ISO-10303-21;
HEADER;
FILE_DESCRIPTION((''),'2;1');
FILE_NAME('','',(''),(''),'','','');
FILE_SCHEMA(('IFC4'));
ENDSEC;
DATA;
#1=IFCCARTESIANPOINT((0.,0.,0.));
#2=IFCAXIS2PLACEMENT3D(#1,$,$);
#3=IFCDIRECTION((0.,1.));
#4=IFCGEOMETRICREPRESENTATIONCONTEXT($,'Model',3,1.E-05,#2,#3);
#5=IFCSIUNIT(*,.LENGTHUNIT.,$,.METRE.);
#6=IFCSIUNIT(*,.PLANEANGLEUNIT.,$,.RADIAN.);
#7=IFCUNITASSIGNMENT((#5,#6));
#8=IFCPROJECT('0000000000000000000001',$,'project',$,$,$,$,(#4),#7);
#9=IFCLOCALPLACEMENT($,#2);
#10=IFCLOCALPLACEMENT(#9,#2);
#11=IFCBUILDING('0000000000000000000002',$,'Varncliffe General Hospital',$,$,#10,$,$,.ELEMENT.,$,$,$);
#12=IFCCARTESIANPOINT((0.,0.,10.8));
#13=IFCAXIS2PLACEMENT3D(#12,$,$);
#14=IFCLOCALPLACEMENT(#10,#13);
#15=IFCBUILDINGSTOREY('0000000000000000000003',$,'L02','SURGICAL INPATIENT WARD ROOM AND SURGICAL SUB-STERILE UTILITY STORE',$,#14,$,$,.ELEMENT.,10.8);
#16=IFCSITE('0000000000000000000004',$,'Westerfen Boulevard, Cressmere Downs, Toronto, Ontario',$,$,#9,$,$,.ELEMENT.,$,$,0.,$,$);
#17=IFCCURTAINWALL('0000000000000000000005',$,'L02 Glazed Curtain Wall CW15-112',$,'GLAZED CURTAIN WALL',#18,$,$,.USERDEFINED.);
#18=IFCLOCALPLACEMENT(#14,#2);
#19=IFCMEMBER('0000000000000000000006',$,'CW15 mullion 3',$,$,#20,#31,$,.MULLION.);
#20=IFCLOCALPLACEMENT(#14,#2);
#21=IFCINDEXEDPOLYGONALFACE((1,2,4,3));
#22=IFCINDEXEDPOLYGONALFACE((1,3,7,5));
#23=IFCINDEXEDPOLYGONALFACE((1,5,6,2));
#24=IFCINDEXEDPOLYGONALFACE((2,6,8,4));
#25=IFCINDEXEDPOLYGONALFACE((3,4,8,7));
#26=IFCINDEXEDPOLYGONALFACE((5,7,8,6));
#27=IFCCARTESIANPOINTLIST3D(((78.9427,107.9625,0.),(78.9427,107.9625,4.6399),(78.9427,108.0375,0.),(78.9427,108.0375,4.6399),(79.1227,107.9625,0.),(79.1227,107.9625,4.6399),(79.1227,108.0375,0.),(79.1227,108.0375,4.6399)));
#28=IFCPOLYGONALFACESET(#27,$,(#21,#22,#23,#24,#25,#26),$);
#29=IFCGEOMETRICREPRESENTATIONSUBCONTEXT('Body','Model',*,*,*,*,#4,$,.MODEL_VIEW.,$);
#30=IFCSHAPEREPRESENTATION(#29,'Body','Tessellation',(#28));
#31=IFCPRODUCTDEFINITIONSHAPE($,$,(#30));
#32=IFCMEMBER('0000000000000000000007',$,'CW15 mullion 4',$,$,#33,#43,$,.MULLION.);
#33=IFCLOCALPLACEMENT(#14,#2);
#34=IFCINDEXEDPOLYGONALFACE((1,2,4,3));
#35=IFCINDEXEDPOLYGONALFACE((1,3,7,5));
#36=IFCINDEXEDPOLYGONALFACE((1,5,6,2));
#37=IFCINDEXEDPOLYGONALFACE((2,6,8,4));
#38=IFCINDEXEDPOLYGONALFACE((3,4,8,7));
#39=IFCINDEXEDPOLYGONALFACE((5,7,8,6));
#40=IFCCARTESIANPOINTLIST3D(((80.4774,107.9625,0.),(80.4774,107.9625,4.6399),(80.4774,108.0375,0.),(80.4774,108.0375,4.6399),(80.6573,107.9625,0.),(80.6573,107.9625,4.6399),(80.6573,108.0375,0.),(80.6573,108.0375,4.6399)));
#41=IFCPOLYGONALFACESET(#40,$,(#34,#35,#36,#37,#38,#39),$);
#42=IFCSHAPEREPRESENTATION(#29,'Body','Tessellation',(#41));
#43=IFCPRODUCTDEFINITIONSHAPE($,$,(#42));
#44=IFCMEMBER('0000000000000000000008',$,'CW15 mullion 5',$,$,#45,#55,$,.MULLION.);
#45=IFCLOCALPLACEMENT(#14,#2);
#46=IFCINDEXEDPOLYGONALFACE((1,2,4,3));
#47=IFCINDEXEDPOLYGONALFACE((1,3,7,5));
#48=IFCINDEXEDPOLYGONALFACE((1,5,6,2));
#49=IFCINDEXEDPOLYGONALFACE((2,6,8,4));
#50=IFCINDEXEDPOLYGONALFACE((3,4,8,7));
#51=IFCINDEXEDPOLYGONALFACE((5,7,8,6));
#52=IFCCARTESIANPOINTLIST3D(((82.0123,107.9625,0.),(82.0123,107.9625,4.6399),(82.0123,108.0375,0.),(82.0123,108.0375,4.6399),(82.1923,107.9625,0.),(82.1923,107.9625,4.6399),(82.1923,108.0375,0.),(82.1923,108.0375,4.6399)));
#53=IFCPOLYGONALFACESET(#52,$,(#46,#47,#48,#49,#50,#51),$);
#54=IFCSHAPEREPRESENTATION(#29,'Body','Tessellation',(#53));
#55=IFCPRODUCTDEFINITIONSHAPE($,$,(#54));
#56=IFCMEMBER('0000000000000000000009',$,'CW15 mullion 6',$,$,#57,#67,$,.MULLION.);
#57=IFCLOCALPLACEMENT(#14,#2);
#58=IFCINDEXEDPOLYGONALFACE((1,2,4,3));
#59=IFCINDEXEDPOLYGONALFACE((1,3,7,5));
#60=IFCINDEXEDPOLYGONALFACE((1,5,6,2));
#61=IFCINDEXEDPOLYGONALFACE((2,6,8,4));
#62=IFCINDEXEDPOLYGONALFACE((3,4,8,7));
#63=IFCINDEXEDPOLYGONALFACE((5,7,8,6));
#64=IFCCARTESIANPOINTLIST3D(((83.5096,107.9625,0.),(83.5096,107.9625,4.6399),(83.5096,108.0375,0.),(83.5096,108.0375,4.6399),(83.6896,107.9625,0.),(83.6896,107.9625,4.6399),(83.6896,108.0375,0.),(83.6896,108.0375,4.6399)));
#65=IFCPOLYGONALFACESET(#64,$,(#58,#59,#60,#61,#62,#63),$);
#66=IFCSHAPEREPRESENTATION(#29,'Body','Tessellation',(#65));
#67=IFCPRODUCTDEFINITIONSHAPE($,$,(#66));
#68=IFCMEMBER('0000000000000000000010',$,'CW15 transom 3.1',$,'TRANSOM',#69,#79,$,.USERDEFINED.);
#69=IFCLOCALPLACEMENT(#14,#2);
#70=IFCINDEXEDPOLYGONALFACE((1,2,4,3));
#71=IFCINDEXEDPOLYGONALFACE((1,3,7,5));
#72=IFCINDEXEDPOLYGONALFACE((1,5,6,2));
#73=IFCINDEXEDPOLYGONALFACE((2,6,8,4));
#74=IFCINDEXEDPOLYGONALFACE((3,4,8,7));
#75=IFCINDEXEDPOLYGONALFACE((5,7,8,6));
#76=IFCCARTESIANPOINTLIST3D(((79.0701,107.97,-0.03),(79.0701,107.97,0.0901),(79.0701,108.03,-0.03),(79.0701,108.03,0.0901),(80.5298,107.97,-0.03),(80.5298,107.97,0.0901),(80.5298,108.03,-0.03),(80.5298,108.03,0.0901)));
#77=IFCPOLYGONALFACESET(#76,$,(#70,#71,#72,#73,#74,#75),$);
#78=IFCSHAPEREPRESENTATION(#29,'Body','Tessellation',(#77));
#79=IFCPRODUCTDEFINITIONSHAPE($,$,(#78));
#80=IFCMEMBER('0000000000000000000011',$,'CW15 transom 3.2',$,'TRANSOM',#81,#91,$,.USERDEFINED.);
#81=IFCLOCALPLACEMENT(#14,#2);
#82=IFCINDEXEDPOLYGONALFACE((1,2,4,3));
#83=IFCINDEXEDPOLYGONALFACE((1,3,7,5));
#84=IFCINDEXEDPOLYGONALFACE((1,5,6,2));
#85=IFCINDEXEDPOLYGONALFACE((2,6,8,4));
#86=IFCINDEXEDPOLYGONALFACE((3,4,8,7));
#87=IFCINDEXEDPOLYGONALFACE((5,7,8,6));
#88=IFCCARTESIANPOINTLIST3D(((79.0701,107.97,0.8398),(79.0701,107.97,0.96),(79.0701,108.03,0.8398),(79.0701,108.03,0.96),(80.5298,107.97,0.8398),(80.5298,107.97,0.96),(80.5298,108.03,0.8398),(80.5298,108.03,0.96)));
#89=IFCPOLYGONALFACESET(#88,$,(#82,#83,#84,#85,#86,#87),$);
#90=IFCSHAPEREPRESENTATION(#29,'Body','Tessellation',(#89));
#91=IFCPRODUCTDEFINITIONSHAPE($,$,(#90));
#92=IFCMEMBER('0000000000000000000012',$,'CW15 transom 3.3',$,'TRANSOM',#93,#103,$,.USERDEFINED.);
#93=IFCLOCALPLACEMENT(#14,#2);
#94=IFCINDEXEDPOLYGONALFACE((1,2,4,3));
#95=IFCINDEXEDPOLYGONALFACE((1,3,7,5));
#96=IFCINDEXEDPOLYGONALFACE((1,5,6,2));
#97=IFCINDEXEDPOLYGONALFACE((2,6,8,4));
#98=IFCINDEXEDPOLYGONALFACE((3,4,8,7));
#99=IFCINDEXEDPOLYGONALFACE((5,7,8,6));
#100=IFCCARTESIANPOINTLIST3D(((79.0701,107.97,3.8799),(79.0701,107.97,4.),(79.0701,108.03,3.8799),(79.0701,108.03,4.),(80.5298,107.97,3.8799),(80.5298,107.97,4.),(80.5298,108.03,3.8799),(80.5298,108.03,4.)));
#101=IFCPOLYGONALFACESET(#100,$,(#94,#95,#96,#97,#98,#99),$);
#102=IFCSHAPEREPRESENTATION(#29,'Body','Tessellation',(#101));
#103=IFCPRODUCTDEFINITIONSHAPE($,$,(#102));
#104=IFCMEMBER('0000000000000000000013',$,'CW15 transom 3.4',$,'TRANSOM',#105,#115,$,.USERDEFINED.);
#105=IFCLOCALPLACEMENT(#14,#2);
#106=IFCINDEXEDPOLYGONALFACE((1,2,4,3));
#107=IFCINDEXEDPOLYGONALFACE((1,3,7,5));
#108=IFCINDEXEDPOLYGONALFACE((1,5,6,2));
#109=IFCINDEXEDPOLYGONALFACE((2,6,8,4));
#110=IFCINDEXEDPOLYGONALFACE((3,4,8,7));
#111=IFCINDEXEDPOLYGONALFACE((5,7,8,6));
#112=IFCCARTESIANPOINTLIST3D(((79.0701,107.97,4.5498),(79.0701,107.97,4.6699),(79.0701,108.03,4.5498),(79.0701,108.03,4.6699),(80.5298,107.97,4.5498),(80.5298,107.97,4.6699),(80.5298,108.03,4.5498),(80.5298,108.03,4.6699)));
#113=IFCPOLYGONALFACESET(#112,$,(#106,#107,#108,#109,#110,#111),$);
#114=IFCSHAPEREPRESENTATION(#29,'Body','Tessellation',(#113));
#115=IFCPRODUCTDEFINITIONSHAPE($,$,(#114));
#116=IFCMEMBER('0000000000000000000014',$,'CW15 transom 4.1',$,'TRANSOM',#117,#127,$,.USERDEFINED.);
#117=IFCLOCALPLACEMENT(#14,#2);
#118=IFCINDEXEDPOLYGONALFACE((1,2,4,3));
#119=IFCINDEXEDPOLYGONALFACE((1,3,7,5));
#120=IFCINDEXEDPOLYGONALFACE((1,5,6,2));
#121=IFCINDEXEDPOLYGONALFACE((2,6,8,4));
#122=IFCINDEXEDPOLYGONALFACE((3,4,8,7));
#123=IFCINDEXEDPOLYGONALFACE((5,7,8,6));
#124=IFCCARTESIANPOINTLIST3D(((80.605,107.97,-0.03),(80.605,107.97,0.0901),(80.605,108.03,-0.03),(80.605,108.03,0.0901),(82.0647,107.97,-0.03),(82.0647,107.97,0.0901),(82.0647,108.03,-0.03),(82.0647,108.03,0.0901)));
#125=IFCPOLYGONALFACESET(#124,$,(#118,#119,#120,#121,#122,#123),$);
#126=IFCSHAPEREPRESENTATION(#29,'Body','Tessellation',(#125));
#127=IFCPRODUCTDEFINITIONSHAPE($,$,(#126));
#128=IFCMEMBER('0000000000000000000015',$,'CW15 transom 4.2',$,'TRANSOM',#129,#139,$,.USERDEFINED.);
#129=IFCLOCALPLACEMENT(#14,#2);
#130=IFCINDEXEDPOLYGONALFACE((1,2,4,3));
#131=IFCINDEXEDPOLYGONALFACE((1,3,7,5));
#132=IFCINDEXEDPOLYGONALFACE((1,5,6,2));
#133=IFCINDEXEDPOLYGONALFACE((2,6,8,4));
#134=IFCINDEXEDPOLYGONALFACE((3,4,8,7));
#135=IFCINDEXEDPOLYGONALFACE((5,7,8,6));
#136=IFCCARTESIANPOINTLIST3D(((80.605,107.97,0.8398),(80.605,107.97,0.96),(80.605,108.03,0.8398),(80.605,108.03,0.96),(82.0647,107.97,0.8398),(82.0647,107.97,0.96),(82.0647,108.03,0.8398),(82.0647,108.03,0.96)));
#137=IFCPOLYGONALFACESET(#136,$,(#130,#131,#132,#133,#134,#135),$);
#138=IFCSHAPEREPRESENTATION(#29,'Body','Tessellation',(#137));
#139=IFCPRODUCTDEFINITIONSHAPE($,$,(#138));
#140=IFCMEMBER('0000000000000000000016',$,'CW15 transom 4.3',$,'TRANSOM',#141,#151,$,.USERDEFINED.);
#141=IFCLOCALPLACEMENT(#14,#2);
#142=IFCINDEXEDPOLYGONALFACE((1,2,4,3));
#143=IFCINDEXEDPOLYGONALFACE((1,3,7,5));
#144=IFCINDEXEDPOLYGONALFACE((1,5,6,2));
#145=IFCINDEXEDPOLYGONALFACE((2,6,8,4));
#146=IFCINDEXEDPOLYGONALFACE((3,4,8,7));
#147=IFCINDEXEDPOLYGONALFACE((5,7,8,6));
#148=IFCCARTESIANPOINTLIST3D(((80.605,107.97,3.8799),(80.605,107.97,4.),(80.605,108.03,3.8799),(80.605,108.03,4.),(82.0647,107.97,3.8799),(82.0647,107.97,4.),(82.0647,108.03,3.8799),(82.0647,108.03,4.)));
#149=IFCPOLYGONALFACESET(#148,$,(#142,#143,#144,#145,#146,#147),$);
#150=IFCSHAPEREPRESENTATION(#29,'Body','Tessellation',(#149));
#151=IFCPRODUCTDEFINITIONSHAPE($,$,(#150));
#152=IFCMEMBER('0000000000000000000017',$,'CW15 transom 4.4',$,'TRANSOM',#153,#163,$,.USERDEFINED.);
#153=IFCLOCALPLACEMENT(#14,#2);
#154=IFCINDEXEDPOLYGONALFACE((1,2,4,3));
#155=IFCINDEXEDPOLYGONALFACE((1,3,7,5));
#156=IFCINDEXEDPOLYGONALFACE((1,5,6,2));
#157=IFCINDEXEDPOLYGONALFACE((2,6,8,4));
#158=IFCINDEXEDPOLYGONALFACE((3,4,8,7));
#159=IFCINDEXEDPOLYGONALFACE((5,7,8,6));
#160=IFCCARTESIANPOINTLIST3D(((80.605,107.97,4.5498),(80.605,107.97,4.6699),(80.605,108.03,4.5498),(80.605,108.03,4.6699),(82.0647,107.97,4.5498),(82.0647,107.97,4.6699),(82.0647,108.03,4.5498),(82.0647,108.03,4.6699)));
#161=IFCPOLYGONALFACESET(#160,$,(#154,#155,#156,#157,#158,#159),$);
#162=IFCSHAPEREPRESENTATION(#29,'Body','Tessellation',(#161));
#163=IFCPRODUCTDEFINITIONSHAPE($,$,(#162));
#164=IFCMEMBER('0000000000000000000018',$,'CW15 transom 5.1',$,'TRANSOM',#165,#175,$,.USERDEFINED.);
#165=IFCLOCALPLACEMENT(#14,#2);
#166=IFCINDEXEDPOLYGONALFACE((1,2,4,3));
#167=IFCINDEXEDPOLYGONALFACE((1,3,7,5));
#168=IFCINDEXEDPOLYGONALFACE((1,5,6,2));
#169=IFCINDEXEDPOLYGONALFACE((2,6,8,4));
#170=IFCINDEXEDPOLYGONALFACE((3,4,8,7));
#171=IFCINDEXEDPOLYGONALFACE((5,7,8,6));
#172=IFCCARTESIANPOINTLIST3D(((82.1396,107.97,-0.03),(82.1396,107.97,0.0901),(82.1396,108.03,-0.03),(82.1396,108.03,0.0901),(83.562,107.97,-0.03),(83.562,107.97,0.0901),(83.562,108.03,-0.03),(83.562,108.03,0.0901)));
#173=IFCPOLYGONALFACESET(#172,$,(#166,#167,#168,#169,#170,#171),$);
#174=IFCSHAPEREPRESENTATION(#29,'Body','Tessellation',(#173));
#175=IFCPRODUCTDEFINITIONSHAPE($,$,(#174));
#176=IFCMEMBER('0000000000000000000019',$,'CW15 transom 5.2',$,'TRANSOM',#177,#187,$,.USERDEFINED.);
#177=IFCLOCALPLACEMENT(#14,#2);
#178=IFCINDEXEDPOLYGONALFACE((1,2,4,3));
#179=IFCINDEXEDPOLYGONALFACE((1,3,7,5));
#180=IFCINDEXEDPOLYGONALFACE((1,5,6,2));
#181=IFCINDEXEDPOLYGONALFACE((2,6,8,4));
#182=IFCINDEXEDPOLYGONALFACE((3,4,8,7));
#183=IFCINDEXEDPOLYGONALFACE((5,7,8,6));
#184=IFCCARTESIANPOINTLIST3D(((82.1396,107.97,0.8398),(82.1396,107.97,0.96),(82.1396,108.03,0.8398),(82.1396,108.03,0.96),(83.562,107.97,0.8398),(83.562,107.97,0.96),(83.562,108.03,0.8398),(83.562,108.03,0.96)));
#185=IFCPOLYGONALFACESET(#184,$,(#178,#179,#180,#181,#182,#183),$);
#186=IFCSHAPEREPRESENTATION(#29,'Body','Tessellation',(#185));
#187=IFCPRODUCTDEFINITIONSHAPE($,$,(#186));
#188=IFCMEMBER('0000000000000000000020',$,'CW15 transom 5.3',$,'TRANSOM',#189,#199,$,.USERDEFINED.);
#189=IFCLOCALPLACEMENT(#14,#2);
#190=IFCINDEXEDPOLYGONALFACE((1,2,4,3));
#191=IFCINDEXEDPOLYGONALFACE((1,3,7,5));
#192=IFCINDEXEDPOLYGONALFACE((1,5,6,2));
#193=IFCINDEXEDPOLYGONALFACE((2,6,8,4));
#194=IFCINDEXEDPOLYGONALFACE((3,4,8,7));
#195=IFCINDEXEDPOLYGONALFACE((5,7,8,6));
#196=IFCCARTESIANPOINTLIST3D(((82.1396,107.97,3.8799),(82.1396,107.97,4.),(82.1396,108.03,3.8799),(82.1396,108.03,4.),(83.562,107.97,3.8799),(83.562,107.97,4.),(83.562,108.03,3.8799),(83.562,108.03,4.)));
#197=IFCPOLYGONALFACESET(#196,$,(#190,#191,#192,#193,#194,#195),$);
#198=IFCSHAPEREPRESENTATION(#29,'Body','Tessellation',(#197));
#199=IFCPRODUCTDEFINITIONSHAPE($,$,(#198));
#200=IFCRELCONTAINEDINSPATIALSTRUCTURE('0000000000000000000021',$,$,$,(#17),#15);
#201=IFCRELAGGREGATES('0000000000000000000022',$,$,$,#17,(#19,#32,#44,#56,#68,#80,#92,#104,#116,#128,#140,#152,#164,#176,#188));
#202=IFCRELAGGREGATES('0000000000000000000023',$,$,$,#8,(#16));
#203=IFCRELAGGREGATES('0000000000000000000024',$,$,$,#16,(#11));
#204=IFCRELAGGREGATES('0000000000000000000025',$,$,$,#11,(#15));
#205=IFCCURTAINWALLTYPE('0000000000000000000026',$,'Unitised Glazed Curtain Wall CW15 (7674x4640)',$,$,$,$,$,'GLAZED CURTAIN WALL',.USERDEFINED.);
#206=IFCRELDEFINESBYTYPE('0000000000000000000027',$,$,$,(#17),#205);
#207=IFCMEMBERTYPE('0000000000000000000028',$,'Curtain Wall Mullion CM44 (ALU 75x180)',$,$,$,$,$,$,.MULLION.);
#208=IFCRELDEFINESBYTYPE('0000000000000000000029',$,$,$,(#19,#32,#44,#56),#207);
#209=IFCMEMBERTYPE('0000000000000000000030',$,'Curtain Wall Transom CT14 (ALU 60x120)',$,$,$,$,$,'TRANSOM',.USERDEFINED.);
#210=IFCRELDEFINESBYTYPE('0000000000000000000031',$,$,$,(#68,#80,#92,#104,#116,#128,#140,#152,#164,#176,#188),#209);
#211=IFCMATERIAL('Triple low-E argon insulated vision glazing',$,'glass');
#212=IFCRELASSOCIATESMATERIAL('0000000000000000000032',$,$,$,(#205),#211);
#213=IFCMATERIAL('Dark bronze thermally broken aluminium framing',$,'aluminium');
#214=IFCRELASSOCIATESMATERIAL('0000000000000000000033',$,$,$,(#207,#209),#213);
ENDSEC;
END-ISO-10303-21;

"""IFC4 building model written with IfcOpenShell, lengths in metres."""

from ifc_helpers import new_model, si_unit, direction, frame, origin, origin_2d, place, context, subcontext, project, spatial, rectangle, extrude, material, material_profile, profile_set, type_object, element, aggregate, save


model = new_model("IFC4")

# Units and contexts
model_context = context("Model", 3, precision=1e-05, world=origin(), true_north=direction((0.0, 1.0)))
body_context = subcontext(model_context, "Body", "Model", "MODEL_VIEW")
ifc_project = project(units=[si_unit("LENGTHUNIT", "METRE"), si_unit("PLANEANGLEUNIT", "RADIAN")], contexts=[model_context])

# Site, building, storey
site_placement = place(None, origin())
site = spatial("IfcSite", under=ifc_project, at=site_placement, Name="Westerfen Boulevard, Cressmere Downs, Toronto, Ontario", CompositionType="ELEMENT", RefElevation=0.0)
building_placement = place(site_placement, origin())
building = spatial("IfcBuilding", under=site, at=building_placement, Name="Varncliffe General Hospital", CompositionType="ELEMENT")
storey_placement = place(building_placement, frame((0.0, 0.0, 10.8)))
storey = spatial("IfcBuildingStorey", under=building, at=storey_placement, Name="L02", Description="SURGICAL INPATIENT WARD ROOM AND SURGICAL SUB-STERILE UTILITY STORE", CompositionType="ELEMENT", Elevation=10.8)

# Curtain wall, members
ifc_material_1 = material(Name="Triple low-E argon insulated vision glazing", Category="glass")
curtain_wall_type = type_object("IfcCurtainWallType", Name="Unitised Glazed Curtain Wall CW15 (7674x4640)", ElementType="GLAZED CURTAIN WALL", PredefinedType="USERDEFINED", material=ifc_material_1)
curtain_wall_placement = place(storey_placement, origin())
curtain_wall = element("IfcCurtainWall", 1, at=curtain_wall_placement, inside=storey, type_object=curtain_wall_type, Name="L02 Glazed Curtain Wall CW15-112", ObjectType="GLAZED CURTAIN WALL", PredefinedType="USERDEFINED")
ifc_material_2 = material(Name="Dark bronze thermally broken aluminium framing", Category="aluminium")
ifc_material_profile_1 = material_profile(ifc_material_2, rectangle(XDim=0.075, YDim=0.1799, at=origin_2d()), Name="ALU 75x180")
ifc_profile_set_1 = profile_set([ifc_material_profile_1], Name="Dark bronze thermally broken aluminium framing")
member_type_1 = type_object("IfcMemberType", Name="Curtain Wall Mullion CM44 (ALU 75x180)", PredefinedType="MULLION", material=ifc_profile_set_1)
member_1_placement = place(storey_placement, frame((79.0327, 108.0, 0.0), z_axis=(0.0, 0.0, 1.0), x_axis=(0.0, 1.0, 0.0)))
member_1 = element("IfcMember", 2, at=member_1_placement, type_object=member_type_1, Name="CW15 mullion 3", PredefinedType="MULLION", context=body_context, shape_type="SweptSolid", body=[
    extrude(rectangle(XDim=0.075, YDim=0.1799, at=origin_2d()), origin(), (0.0, 0.0, 1.0), 4.6399),
])
member_2_placement = place(storey_placement, frame((80.5674, 108.0, 0.0), z_axis=(0.0, 0.0, 1.0), x_axis=(0.0, 1.0, 0.0)))
member_2 = element("IfcMember", 3, at=member_2_placement, type_object=member_type_1, Name="CW15 mullion 4", PredefinedType="MULLION", context=body_context, shape_type="SweptSolid", body=[
    extrude(rectangle(XDim=0.075, YDim=0.1799, at=origin_2d()), origin(), (0.0, 0.0, 1.0), 4.6399),
])
member_3_placement = place(storey_placement, frame((82.1023, 108.0, 0.0), z_axis=(0.0, 0.0, 1.0), x_axis=(0.0, 1.0, 0.0)))
member_3 = element("IfcMember", 4, at=member_3_placement, type_object=member_type_1, Name="CW15 mullion 5", PredefinedType="MULLION", context=body_context, shape_type="SweptSolid", body=[
    extrude(rectangle(XDim=0.075, YDim=0.1799, at=origin_2d()), origin(), (0.0, 0.0, 1.0), 4.6399),
])
member_4_placement = place(storey_placement, frame((83.5996, 108.0, 0.0), z_axis=(0.0, 0.0, 1.0), x_axis=(0.0, 1.0, 0.0)))
member_4 = element("IfcMember", 5, at=member_4_placement, type_object=member_type_1, Name="CW15 mullion 6", PredefinedType="MULLION", context=body_context, shape_type="SweptSolid", body=[
    extrude(rectangle(XDim=0.075, YDim=0.1799, at=origin_2d()), origin(), (0.0, 0.0, 1.0), 4.6399),
])
ifc_material_profile_2 = material_profile(ifc_material_2, rectangle(XDim=0.0601, YDim=0.1201, at=origin_2d()), Name="ALU 60x120")
ifc_profile_set_2 = profile_set([ifc_material_profile_2], Name="Dark bronze thermally broken aluminium framing")
member_type_2 = type_object("IfcMemberType", Name="Curtain Wall Transom CT14 (ALU 60x120)", ElementType="TRANSOM", PredefinedType="USERDEFINED", material=ifc_profile_set_2)
member_5_placement = place(storey_placement, frame((79.0701, 108.0, 0.03), z_axis=(1.0, 0.0, 0.0), x_axis=(0.0, 1.0, 0.0)))
member_5 = element("IfcMember", 6, at=member_5_placement, type_object=member_type_2, Name="CW15 transom 3.1", ObjectType="TRANSOM", PredefinedType="USERDEFINED", context=body_context, shape_type="SweptSolid", body=[
    extrude(rectangle(XDim=0.0601, YDim=0.1201, at=origin_2d()), origin(), (0.0, 0.0, 1.0), 1.4597),
])
member_6_placement = place(storey_placement, frame((79.0701, 108.0, 0.8999), z_axis=(1.0, 0.0, 0.0), x_axis=(0.0, 1.0, 0.0)))
member_6 = element("IfcMember", 7, at=member_6_placement, type_object=member_type_2, Name="CW15 transom 3.2", ObjectType="TRANSOM", PredefinedType="USERDEFINED", context=body_context, shape_type="SweptSolid", body=[
    extrude(rectangle(XDim=0.0601, YDim=0.1201, at=origin_2d()), origin(), (0.0, 0.0, 1.0), 1.4597),
])
member_7_placement = place(storey_placement, frame((79.0701, 108.0, 3.9399), z_axis=(1.0, 0.0, 0.0), x_axis=(0.0, 1.0, 0.0)))
member_7 = element("IfcMember", 8, at=member_7_placement, type_object=member_type_2, Name="CW15 transom 3.3", ObjectType="TRANSOM", PredefinedType="USERDEFINED", context=body_context, shape_type="SweptSolid", body=[
    extrude(rectangle(XDim=0.0601, YDim=0.1201, at=origin_2d()), origin(), (0.0, 0.0, 1.0), 1.4597),
])
member_8_placement = place(storey_placement, frame((79.0701, 108.0, 4.6099), z_axis=(1.0, 0.0, 0.0), x_axis=(0.0, 1.0, 0.0)))
member_8 = element("IfcMember", 9, at=member_8_placement, type_object=member_type_2, Name="CW15 transom 3.4", ObjectType="TRANSOM", PredefinedType="USERDEFINED", context=body_context, shape_type="SweptSolid", body=[
    extrude(rectangle(XDim=0.0601, YDim=0.1201, at=origin_2d()), origin(), (0.0, 0.0, 1.0), 1.4597),
])
member_9_placement = place(storey_placement, frame((80.605, 108.0, 0.03), z_axis=(1.0, 0.0, 0.0), x_axis=(0.0, 1.0, 0.0)))
member_9 = element("IfcMember", 10, at=member_9_placement, type_object=member_type_2, Name="CW15 transom 4.1", ObjectType="TRANSOM", PredefinedType="USERDEFINED", context=body_context, shape_type="SweptSolid", body=[
    extrude(rectangle(XDim=0.0601, YDim=0.1201, at=origin_2d()), origin(), (0.0, 0.0, 1.0), 1.4597),
])
member_10_placement = place(storey_placement, frame((80.605, 108.0, 0.8999), z_axis=(1.0, 0.0, 0.0), x_axis=(0.0, 1.0, 0.0)))
member_10 = element("IfcMember", 11, at=member_10_placement, type_object=member_type_2, Name="CW15 transom 4.2", ObjectType="TRANSOM", PredefinedType="USERDEFINED", context=body_context, shape_type="SweptSolid", body=[
    extrude(rectangle(XDim=0.0601, YDim=0.1201, at=origin_2d()), origin(), (0.0, 0.0, 1.0), 1.4597),
])
member_11_placement = place(storey_placement, frame((80.605, 108.0, 3.9399), z_axis=(1.0, 0.0, 0.0), x_axis=(0.0, 1.0, 0.0)))
member_11 = element("IfcMember", 12, at=member_11_placement, type_object=member_type_2, Name="CW15 transom 4.3", ObjectType="TRANSOM", PredefinedType="USERDEFINED", context=body_context, shape_type="SweptSolid", body=[
    extrude(rectangle(XDim=0.0601, YDim=0.1201, at=origin_2d()), origin(), (0.0, 0.0, 1.0), 1.4597),
])
member_12_placement = place(storey_placement, frame((80.605, 108.0, 4.6099), z_axis=(1.0, 0.0, 0.0), x_axis=(0.0, 1.0, 0.0)))
member_12 = element("IfcMember", 13, at=member_12_placement, type_object=member_type_2, Name="CW15 transom 4.4", ObjectType="TRANSOM", PredefinedType="USERDEFINED", context=body_context, shape_type="SweptSolid", body=[
    extrude(rectangle(XDim=0.0601, YDim=0.1201, at=origin_2d()), origin(), (0.0, 0.0, 1.0), 1.4597),
])
member_13_placement = place(storey_placement, frame((82.1396, 108.0, 0.03), z_axis=(1.0, 0.0, 0.0), x_axis=(0.0, 1.0, 0.0)))
member_13 = element("IfcMember", 14, at=member_13_placement, type_object=member_type_2, Name="CW15 transom 5.1", ObjectType="TRANSOM", PredefinedType="USERDEFINED", context=body_context, shape_type="SweptSolid", body=[
    extrude(rectangle(XDim=0.0601, YDim=0.1201, at=origin_2d()), origin(), (0.0, 0.0, 1.0), 1.4224),
])
member_14_placement = place(storey_placement, frame((82.1396, 108.0, 0.8999), z_axis=(1.0, 0.0, 0.0), x_axis=(0.0, 1.0, 0.0)))
member_14 = element("IfcMember", 15, at=member_14_placement, type_object=member_type_2, Name="CW15 transom 5.2", ObjectType="TRANSOM", PredefinedType="USERDEFINED", context=body_context, shape_type="SweptSolid", body=[
    extrude(rectangle(XDim=0.0601, YDim=0.1201, at=origin_2d()), origin(), (0.0, 0.0, 1.0), 1.4224),
])
member_15_placement = place(storey_placement, frame((82.1396, 108.0, 3.9399), z_axis=(1.0, 0.0, 0.0), x_axis=(0.0, 1.0, 0.0)))
member_15 = element("IfcMember", 16, at=member_15_placement, type_object=member_type_2, Name="CW15 transom 5.3", ObjectType="TRANSOM", PredefinedType="USERDEFINED", context=body_context, shape_type="SweptSolid", body=[
    extrude(rectangle(XDim=0.0601, YDim=0.1201, at=origin_2d()), origin(), (0.0, 0.0, 1.0), 1.4224),
])
aggregate(curtain_wall, [member_1, member_2, member_3, member_4, member_5, member_6, member_7, member_8, member_9, member_10, member_11, member_12, member_13, member_14, member_15])

save(model, "model.ifc")
